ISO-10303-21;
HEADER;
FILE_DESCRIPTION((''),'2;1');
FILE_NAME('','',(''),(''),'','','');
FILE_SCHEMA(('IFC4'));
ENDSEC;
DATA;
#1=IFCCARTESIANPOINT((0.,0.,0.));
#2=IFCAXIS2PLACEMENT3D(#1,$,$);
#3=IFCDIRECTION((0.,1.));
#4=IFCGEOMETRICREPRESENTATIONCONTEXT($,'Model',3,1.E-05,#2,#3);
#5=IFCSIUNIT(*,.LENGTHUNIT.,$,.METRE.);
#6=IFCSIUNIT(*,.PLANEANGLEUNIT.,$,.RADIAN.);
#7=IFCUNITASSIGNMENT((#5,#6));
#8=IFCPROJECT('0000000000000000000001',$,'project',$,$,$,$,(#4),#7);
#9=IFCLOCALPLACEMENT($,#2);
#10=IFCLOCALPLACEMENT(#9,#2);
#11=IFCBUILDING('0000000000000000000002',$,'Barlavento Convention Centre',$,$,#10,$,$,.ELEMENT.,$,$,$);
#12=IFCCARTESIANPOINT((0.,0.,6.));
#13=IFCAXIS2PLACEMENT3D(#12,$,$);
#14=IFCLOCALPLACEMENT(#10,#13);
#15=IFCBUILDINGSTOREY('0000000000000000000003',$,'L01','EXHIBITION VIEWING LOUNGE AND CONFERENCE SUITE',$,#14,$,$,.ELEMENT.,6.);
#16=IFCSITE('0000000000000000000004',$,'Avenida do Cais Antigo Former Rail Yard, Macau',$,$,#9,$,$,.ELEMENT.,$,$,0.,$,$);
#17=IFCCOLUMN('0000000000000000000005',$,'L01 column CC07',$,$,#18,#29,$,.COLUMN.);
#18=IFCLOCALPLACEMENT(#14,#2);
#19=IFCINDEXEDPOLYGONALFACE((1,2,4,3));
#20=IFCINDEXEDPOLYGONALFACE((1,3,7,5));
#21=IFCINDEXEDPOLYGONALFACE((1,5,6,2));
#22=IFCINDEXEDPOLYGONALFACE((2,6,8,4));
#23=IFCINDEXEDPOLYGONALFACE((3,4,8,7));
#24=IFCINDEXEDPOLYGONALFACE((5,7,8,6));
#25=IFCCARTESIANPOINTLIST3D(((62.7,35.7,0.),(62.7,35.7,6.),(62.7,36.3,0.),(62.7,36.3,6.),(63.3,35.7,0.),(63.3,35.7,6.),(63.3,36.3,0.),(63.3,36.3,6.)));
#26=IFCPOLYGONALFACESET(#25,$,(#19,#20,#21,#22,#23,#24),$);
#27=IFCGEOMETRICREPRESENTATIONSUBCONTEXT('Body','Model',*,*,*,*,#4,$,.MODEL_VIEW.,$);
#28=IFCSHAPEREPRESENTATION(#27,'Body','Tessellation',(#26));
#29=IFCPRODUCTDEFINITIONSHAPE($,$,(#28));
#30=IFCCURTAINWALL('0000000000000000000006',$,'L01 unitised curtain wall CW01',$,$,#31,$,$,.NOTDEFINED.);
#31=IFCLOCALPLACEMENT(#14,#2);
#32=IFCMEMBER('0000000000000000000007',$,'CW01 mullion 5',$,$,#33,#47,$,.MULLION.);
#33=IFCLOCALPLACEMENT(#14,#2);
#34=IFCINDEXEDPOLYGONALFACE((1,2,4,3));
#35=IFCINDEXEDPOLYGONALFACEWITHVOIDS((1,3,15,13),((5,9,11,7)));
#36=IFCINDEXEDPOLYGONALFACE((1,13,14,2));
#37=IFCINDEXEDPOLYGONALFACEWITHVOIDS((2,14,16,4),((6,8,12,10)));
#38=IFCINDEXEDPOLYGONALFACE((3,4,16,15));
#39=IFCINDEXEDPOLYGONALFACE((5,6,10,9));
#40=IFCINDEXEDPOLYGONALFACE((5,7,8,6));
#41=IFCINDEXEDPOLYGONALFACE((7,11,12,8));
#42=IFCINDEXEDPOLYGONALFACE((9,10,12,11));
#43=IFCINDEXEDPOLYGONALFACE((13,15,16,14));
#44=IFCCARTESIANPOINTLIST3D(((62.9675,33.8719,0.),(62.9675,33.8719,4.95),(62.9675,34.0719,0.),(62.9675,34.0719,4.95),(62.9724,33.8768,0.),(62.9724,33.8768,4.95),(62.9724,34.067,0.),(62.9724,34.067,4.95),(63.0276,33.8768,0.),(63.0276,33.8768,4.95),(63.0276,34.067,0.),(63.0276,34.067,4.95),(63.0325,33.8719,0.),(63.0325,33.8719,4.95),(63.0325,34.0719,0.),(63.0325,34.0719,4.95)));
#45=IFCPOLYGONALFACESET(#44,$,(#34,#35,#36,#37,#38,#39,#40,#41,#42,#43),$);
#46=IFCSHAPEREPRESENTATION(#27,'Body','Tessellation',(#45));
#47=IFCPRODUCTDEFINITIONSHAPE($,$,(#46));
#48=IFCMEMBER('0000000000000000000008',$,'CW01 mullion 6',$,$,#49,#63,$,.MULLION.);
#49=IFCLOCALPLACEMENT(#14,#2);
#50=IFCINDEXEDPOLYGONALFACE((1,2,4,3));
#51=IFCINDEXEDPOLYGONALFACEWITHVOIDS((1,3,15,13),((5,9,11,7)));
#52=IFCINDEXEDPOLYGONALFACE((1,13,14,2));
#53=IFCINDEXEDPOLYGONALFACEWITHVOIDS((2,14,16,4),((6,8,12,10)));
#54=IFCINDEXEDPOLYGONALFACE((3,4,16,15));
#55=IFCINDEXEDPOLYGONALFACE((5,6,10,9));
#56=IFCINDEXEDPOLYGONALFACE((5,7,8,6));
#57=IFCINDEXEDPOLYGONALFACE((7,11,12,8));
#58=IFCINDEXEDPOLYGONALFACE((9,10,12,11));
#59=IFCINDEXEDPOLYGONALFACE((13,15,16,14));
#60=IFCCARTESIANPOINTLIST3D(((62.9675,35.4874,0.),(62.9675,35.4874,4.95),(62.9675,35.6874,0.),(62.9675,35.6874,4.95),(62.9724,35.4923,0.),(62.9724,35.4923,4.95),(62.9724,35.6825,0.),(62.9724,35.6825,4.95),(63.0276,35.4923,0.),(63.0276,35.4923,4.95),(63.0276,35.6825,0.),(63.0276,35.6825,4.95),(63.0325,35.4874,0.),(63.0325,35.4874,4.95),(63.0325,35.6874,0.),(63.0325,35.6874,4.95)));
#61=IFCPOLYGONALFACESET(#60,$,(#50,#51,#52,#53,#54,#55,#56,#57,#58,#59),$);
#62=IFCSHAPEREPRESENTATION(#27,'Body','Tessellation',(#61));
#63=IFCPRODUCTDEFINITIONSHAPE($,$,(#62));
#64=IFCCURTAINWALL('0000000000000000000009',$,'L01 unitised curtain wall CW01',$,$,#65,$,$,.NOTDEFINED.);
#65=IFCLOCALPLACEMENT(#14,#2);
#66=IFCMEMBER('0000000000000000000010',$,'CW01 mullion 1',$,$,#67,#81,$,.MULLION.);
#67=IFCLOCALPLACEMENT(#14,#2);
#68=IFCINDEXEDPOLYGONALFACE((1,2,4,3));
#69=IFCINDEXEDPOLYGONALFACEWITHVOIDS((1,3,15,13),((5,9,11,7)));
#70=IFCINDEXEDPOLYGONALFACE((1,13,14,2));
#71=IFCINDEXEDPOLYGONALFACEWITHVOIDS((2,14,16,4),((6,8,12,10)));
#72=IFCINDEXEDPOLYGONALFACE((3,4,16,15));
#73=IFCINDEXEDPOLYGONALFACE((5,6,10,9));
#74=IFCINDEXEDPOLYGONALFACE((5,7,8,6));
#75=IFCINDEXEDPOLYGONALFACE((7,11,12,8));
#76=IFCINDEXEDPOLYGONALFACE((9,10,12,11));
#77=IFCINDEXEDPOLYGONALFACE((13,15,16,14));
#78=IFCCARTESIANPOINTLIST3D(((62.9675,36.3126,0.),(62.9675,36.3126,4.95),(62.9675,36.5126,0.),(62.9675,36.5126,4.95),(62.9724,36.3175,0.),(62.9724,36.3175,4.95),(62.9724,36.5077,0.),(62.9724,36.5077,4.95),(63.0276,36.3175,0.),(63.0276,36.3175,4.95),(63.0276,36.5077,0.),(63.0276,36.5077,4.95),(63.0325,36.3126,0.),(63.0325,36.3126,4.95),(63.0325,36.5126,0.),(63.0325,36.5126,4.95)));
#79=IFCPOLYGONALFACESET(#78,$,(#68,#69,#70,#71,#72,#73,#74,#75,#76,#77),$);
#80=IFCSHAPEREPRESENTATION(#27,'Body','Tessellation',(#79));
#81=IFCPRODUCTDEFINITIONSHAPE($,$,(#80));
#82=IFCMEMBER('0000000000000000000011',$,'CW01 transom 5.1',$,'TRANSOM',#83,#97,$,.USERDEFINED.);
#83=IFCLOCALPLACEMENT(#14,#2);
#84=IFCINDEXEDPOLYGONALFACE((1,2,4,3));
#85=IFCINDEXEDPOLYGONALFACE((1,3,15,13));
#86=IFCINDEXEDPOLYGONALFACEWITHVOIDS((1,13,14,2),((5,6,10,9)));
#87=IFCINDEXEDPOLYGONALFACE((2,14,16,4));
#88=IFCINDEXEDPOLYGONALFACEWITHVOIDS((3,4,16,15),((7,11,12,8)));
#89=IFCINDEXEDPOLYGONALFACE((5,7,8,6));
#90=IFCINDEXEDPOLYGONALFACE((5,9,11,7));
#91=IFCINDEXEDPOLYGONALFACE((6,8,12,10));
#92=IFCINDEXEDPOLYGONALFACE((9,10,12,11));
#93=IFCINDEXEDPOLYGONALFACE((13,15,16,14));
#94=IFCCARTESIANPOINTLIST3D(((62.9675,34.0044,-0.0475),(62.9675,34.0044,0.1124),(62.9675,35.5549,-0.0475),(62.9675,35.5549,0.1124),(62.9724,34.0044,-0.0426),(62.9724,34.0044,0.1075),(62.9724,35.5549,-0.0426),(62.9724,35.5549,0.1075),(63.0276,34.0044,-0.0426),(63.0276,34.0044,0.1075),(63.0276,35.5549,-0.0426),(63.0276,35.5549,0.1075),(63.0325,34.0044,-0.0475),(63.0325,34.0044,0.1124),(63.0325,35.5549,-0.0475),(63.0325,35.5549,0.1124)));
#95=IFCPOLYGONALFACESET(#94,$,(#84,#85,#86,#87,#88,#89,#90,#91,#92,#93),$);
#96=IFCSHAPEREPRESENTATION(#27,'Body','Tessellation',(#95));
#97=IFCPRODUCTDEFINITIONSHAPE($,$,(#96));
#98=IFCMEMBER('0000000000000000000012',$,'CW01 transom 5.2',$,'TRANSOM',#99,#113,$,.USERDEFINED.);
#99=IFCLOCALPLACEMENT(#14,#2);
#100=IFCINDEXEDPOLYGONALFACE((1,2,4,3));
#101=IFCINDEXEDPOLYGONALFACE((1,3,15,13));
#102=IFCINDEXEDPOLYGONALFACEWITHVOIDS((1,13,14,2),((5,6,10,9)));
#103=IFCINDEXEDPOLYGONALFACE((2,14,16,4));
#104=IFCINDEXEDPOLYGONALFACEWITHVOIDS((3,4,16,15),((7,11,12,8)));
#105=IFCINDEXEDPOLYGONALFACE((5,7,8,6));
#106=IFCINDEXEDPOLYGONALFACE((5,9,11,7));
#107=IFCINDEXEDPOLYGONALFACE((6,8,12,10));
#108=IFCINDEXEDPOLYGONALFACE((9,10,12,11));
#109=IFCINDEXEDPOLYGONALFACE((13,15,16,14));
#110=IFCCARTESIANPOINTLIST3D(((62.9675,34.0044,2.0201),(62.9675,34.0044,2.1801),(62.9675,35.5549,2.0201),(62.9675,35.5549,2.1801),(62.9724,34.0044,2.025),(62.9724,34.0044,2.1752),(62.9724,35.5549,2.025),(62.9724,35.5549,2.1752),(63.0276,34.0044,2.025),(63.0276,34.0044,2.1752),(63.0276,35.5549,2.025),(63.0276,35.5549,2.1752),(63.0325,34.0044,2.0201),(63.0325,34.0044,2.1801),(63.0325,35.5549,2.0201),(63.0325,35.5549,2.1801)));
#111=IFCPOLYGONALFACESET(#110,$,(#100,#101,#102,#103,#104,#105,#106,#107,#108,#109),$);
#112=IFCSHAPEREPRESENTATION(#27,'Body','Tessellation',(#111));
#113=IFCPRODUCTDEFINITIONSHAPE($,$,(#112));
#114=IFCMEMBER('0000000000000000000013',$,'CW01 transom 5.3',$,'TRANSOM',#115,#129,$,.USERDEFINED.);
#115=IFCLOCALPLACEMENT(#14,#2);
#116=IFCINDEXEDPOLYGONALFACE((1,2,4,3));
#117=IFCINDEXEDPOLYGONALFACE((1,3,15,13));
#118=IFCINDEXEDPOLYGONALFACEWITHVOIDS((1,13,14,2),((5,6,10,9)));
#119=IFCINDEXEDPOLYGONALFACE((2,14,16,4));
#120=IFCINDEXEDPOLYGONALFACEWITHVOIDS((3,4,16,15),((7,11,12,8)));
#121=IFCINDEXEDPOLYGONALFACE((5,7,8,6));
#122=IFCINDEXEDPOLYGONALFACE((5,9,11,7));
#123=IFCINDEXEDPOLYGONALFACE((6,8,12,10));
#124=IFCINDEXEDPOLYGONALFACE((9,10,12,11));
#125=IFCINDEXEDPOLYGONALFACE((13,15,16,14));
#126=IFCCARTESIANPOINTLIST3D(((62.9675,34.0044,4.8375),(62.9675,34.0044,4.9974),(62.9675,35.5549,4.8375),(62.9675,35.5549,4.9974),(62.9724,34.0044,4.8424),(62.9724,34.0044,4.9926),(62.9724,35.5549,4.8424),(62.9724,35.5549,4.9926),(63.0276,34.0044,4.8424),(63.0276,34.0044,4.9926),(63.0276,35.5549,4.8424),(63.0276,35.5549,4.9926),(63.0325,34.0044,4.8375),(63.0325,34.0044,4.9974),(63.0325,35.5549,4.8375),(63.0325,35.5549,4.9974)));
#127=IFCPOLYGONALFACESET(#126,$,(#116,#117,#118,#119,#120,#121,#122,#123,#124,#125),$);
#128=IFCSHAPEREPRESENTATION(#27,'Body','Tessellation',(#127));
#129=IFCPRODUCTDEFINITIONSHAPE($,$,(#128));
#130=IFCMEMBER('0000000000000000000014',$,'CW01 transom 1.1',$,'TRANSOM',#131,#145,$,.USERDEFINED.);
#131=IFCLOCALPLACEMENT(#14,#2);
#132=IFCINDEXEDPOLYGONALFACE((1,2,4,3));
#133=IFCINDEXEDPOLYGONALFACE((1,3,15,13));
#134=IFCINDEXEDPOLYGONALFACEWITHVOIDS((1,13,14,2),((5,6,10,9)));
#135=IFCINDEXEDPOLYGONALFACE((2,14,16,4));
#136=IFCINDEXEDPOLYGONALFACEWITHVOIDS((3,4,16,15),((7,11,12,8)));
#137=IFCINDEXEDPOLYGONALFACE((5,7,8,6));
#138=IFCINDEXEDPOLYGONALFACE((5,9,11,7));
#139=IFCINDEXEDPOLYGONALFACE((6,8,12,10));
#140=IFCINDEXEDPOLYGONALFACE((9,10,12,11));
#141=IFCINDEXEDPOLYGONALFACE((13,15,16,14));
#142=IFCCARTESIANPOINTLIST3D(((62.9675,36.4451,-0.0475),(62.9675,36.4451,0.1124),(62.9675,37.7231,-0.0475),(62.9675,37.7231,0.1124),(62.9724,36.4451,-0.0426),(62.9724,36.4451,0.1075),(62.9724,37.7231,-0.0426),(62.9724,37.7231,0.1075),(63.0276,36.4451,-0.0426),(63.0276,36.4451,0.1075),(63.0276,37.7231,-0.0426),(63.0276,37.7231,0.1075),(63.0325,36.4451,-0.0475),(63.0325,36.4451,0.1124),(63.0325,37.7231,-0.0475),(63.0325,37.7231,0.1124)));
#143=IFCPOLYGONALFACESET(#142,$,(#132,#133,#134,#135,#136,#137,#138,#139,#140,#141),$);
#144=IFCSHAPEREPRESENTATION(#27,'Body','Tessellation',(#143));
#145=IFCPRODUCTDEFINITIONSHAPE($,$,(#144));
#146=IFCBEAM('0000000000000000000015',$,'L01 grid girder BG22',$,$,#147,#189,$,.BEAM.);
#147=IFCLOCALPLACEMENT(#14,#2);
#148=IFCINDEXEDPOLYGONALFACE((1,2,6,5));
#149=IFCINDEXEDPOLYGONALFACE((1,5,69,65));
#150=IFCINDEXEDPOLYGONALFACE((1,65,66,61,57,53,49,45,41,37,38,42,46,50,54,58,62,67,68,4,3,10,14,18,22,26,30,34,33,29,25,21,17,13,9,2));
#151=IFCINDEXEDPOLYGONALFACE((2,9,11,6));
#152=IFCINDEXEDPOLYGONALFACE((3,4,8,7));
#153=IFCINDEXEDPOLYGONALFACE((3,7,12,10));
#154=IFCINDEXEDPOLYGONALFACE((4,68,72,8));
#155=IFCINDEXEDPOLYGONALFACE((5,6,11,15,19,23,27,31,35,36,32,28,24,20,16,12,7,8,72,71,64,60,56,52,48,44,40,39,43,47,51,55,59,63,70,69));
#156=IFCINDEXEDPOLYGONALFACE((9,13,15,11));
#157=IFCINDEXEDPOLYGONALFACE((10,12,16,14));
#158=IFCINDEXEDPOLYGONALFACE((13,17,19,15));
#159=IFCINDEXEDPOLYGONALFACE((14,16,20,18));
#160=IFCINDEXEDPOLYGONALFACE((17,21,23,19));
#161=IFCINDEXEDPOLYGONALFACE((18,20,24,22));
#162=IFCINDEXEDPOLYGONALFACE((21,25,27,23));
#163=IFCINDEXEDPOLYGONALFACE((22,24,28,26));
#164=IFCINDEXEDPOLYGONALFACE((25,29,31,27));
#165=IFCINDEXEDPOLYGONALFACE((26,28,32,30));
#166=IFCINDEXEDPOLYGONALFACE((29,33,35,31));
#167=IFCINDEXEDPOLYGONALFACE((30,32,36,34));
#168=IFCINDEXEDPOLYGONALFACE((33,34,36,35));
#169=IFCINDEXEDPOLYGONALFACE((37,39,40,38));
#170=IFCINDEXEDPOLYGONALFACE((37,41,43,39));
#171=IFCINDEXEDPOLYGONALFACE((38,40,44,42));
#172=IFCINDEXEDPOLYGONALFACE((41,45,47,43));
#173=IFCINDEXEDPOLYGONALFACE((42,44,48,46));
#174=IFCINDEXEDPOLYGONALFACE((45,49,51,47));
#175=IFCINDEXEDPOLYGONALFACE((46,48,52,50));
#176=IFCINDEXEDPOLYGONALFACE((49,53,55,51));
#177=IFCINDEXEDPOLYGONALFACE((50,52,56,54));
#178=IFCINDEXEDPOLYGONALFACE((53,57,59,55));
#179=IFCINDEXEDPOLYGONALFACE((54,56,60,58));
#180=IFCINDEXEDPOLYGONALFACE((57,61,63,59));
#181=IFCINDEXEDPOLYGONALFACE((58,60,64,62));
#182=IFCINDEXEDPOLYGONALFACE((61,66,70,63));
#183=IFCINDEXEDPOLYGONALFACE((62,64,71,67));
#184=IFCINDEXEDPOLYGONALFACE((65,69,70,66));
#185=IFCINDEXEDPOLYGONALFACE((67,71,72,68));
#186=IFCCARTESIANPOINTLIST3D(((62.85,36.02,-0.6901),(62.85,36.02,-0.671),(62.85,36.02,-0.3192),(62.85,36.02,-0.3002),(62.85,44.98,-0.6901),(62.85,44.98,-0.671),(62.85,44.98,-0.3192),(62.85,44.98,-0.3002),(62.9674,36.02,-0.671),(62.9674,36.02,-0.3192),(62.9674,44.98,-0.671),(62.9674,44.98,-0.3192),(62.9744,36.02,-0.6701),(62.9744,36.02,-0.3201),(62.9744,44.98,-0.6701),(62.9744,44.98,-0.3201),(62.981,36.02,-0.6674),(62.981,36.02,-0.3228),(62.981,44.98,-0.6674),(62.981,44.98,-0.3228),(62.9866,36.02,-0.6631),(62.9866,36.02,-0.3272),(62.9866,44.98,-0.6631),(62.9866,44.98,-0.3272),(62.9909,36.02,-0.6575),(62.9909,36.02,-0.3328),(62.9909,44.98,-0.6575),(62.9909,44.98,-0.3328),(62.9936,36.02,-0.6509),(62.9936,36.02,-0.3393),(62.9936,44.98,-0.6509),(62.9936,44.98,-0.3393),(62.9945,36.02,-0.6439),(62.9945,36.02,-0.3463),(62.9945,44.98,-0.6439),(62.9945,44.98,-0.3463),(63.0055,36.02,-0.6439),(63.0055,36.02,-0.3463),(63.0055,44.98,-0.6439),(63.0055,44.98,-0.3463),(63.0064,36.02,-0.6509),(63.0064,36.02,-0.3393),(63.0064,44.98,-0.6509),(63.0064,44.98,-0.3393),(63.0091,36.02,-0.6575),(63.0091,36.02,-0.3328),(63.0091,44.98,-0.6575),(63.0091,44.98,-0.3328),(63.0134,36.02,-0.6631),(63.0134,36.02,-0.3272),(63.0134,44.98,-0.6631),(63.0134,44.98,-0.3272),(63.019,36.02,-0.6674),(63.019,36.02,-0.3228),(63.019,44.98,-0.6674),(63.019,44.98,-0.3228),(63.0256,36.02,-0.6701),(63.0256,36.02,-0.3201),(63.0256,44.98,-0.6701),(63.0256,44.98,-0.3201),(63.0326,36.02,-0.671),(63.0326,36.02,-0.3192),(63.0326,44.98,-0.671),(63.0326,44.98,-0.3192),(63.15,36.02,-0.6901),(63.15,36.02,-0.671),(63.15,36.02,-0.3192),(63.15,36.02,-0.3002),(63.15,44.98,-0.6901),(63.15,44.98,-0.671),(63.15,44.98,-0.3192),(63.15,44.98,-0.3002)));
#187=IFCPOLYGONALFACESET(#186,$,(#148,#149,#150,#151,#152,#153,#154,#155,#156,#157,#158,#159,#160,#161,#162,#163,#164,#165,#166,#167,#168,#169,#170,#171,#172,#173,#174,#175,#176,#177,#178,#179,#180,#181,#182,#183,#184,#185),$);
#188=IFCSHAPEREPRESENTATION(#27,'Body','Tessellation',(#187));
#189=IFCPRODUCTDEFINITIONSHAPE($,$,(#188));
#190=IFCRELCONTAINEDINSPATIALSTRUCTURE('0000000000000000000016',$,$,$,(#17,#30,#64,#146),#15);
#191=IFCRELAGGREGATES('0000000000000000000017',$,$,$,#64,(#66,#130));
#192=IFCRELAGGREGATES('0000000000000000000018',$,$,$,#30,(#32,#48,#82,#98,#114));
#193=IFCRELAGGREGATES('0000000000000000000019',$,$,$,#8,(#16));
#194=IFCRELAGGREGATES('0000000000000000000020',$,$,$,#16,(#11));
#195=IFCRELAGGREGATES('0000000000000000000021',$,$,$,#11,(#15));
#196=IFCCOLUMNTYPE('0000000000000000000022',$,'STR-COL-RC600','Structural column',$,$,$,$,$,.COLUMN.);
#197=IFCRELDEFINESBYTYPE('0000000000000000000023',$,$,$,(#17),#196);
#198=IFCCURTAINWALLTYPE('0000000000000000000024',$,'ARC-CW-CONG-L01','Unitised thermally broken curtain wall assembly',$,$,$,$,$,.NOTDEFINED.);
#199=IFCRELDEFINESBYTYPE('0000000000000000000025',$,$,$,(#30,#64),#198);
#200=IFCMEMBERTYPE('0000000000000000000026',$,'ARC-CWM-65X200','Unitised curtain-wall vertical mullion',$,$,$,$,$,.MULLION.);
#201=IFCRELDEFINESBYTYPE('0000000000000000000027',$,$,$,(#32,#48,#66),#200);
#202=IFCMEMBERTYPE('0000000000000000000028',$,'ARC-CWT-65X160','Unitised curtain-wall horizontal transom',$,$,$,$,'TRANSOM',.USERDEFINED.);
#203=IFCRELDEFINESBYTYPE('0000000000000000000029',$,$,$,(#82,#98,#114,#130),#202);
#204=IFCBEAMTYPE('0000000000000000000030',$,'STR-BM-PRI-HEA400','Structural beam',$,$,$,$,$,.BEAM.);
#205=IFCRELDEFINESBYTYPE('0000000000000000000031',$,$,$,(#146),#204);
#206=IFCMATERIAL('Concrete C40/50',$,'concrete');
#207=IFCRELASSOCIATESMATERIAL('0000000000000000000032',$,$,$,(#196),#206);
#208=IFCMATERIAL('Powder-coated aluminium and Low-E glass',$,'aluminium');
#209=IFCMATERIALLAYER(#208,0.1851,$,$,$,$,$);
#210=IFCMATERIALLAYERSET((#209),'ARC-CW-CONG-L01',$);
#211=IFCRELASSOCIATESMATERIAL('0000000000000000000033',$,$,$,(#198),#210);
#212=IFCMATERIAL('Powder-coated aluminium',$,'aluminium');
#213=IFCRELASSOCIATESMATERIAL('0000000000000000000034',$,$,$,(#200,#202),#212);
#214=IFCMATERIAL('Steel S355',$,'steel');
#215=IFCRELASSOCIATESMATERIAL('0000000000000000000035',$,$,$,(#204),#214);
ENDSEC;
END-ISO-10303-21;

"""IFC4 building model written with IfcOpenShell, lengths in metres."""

from ifc_helpers import new_model, si_unit, direction, frame, origin, origin_2d, place, context, subcontext, project, spatial, rectangle, hollow_rectangle, i_section, extrude, material, layer, layer_set, material_profile, profile_set, type_object, element, aggregate, save


model = new_model("IFC4")

# Units and contexts
model_context = context("Model", 3, precision=1e-05, world=origin(), true_north=direction((0.0, 1.0)))
body_context = subcontext(model_context, "Body", "Model", "MODEL_VIEW")
ifc_project = project(units=[si_unit("LENGTHUNIT", "METRE"), si_unit("PLANEANGLEUNIT", "RADIAN")], contexts=[model_context])

# Site, building, storey
site_placement = place(None, origin())
site = spatial("IfcSite", under=ifc_project, at=site_placement, Name="Avenida do Cais Antigo Former Rail Yard, Macau", CompositionType="ELEMENT", RefElevation=0.0)
building_placement = place(site_placement, origin())
building = spatial("IfcBuilding", under=site, at=building_placement, Name="Barlavento Convention Centre", CompositionType="ELEMENT")
storey_placement = place(building_placement, frame((0.0, 0.0, 6.0)))
storey = spatial("IfcBuildingStorey", under=building, at=storey_placement, Name="L01", Description="EXHIBITION VIEWING LOUNGE AND CONFERENCE SUITE", CompositionType="ELEMENT", Elevation=6.0)

# Column
ifc_material_1 = material(Name="Concrete C40/50", Category="concrete")
ifc_material_profile_1 = material_profile(ifc_material_1, rectangle(XDim=0.6001, YDim=0.6001, at=origin_2d()), Name="RC 600x600")
ifc_profile_set_1 = profile_set([ifc_material_profile_1], Name="Concrete C40/50")
column_type = type_object("IfcColumnType", Name="STR-COL-RC600", Description="Structural column", PredefinedType="COLUMN", material=ifc_profile_set_1)
column_placement = place(storey_placement, frame((63.0, 36.0, 0.0), z_axis=(0.0, 0.0, 1.0), x_axis=(1.0, 0.0, 0.0)))
element("IfcColumn", 1, at=column_placement, inside=storey, type_object=column_type, Name="L01 column CC07", PredefinedType="COLUMN", context=body_context, shape_type="SweptSolid", body=[
    extrude(rectangle(XDim=0.6001, YDim=0.6001, at=origin_2d()), origin(), (0.0, 0.0, 1.0), 6.0),
])

# Curtain wall, members
ifc_material_2 = material(Name="Powder-coated aluminium and Low-E glass", Category="aluminium")
ifc_layer_1 = layer(ifc_material_2, 0.1851)
ifc_layer_set_1 = layer_set([ifc_layer_1], Name="ARC-CW-CONG-L01")
curtain_wall_type = type_object("IfcCurtainWallType", Name="ARC-CW-CONG-L01", Description="Unitised thermally broken curtain wall assembly", PredefinedType="NOTDEFINED", material=ifc_layer_set_1)
curtain_wall_1_placement = place(storey_placement, origin())
curtain_wall_1 = element("IfcCurtainWall", 2, at=curtain_wall_1_placement, inside=storey, type_object=curtain_wall_type, Name="L01 unitised curtain wall CW01", PredefinedType="NOTDEFINED")
ifc_material_3 = material(Name="Powder-coated aluminium", Category="aluminium")
ifc_material_profile_2 = material_profile(ifc_material_3, hollow_rectangle(XDim=0.0649, YDim=0.2, WallThickness=0.0049, at=origin_2d()), Name="AL-MULL 65x200x5")
ifc_profile_set_2 = profile_set([ifc_material_profile_2], Name="Powder-coated aluminium")
member_type_1 = type_object("IfcMemberType", Name="ARC-CWM-65X200", Description="Unitised curtain-wall vertical mullion", PredefinedType="MULLION", material=ifc_profile_set_2)
member_1_placement = place(storey_placement, frame((63.0, 33.9719, 0.0), z_axis=(0.0, 0.0, 1.0), x_axis=(-1.0, 0.0, 0.0)))
member_1 = element("IfcMember", 3, at=member_1_placement, type_object=member_type_1, Name="CW01 mullion 5", PredefinedType="MULLION", context=body_context, shape_type="SweptSolid", body=[
    extrude(hollow_rectangle(XDim=0.0649, YDim=0.2, WallThickness=0.0049, at=origin_2d()), origin(), (0.0, 0.0, 1.0), 4.95),
])
member_2_placement = place(storey_placement, frame((63.0, 35.5874, 0.0), z_axis=(0.0, 0.0, 1.0), x_axis=(-1.0, 0.0, 0.0)))
member_2 = element("IfcMember", 4, at=member_2_placement, type_object=member_type_1, Name="CW01 mullion 6", PredefinedType="MULLION", context=body_context, shape_type="SweptSolid", body=[
    extrude(hollow_rectangle(XDim=0.0649, YDim=0.2, WallThickness=0.0049, at=origin_2d()), origin(), (0.0, 0.0, 1.0), 4.95),
])

# Curtain wall, member
curtain_wall_2_placement = place(storey_placement, origin())
curtain_wall_2 = element("IfcCurtainWall", 5, at=curtain_wall_2_placement, inside=storey, type_object=curtain_wall_type, Name="L01 unitised curtain wall CW01", PredefinedType="NOTDEFINED")
member_3_placement = place(storey_placement, frame((63.0, 36.4126, 0.0), z_axis=(0.0, 0.0, 1.0), x_axis=(-1.0, 0.0, 0.0)))
member_3 = element("IfcMember", 6, at=member_3_placement, type_object=member_type_1, Name="CW01 mullion 1", PredefinedType="MULLION", context=body_context, shape_type="SweptSolid", body=[
    extrude(hollow_rectangle(XDim=0.0649, YDim=0.2, WallThickness=0.0049, at=origin_2d()), origin(), (0.0, 0.0, 1.0), 4.95),
])

# Members
ifc_material_profile_3 = material_profile(ifc_material_3, hollow_rectangle(XDim=0.0649, YDim=0.1599, WallThickness=0.0049, at=origin_2d()), Name="AL-TRAN 65x160x5")
ifc_profile_set_3 = profile_set([ifc_material_profile_3], Name="Powder-coated aluminium")
member_type_2 = type_object("IfcMemberType", Name="ARC-CWT-65X160", Description="Unitised curtain-wall horizontal transom", ElementType="TRANSOM", PredefinedType="USERDEFINED", material=ifc_profile_set_3)
member_4_placement = place(storey_placement, frame((63.0, 34.0044, 0.0325), z_axis=(0.0, 1.0, 0.0), x_axis=(-1.0, 0.0, 0.0)))
member_4 = element("IfcMember", 7, at=member_4_placement, type_object=member_type_2, Name="CW01 transom 5.1", ObjectType="TRANSOM", PredefinedType="USERDEFINED", context=body_context, shape_type="SweptSolid", body=[
    extrude(hollow_rectangle(XDim=0.0649, YDim=0.1599, WallThickness=0.0049, at=origin_2d()), origin(), (0.0, 0.0, 1.0), 1.5505),
])
member_5_placement = place(storey_placement, frame((63.0, 34.0044, 2.1001), z_axis=(0.0, 1.0, 0.0), x_axis=(-1.0, 0.0, 0.0)))
member_5 = element("IfcMember", 8, at=member_5_placement, type_object=member_type_2, Name="CW01 transom 5.2", ObjectType="TRANSOM", PredefinedType="USERDEFINED", context=body_context, shape_type="SweptSolid", body=[
    extrude(hollow_rectangle(XDim=0.0649, YDim=0.1599, WallThickness=0.0049, at=origin_2d()), origin(), (0.0, 0.0, 1.0), 1.5505),
])
member_6_placement = place(storey_placement, frame((63.0, 34.0044, 4.9175), z_axis=(0.0, 1.0, 0.0), x_axis=(-1.0, 0.0, 0.0)))
member_6 = element("IfcMember", 9, at=member_6_placement, type_object=member_type_2, Name="CW01 transom 5.3", ObjectType="TRANSOM", PredefinedType="USERDEFINED", context=body_context, shape_type="SweptSolid", body=[
    extrude(hollow_rectangle(XDim=0.0649, YDim=0.1599, WallThickness=0.0049, at=origin_2d()), origin(), (0.0, 0.0, 1.0), 1.5505),
])
member_7_placement = place(storey_placement, frame((63.0, 36.4451, 0.0325), z_axis=(0.0, 1.0, 0.0), x_axis=(-1.0, 0.0, 0.0)))
member_7 = element("IfcMember", 10, at=member_7_placement, type_object=member_type_2, Name="CW01 transom 1.1", ObjectType="TRANSOM", PredefinedType="USERDEFINED", context=body_context, shape_type="SweptSolid", body=[
    extrude(hollow_rectangle(XDim=0.0649, YDim=0.1599, WallThickness=0.0049, at=origin_2d()), origin(), (0.0, 0.0, 1.0), 1.2781),
])
aggregate(curtain_wall_2, [member_3, member_7])

# Beam
ifc_material_4 = material(Name="Steel S355", Category="steel")
ifc_material_profile_4 = material_profile(ifc_material_4, i_section(OverallWidth=0.3, OverallDepth=0.3899, WebThickness=0.011, FlangeThickness=0.019, FilletRadius=0.0271, at=origin_2d()), Name="HEA 400")
ifc_profile_set_4 = profile_set([ifc_material_profile_4], Name="Steel S355")
beam_type = type_object("IfcBeamType", Name="STR-BM-PRI-HEA400", Description="Structural beam", PredefinedType="BEAM", material=ifc_profile_set_4)
beam_placement = place(storey_placement, frame((63.0, 36.02, -0.4951), z_axis=(0.0, 1.0, 0.0), x_axis=(-1.0, 0.0, 0.0)))
element("IfcBeam", 11, at=beam_placement, inside=storey, type_object=beam_type, Name="L01 grid girder BG22", PredefinedType="BEAM", context=body_context, shape_type="SweptSolid", body=[
    extrude(i_section(OverallWidth=0.3, OverallDepth=0.3899, WebThickness=0.011, FlangeThickness=0.019, FilletRadius=0.0271, at=origin_2d()), origin(), (0.0, 0.0, 1.0), 8.96),
])

aggregate(curtain_wall_1, [member_1, member_2, member_4, member_5, member_6])

save(model, "model.ifc")
